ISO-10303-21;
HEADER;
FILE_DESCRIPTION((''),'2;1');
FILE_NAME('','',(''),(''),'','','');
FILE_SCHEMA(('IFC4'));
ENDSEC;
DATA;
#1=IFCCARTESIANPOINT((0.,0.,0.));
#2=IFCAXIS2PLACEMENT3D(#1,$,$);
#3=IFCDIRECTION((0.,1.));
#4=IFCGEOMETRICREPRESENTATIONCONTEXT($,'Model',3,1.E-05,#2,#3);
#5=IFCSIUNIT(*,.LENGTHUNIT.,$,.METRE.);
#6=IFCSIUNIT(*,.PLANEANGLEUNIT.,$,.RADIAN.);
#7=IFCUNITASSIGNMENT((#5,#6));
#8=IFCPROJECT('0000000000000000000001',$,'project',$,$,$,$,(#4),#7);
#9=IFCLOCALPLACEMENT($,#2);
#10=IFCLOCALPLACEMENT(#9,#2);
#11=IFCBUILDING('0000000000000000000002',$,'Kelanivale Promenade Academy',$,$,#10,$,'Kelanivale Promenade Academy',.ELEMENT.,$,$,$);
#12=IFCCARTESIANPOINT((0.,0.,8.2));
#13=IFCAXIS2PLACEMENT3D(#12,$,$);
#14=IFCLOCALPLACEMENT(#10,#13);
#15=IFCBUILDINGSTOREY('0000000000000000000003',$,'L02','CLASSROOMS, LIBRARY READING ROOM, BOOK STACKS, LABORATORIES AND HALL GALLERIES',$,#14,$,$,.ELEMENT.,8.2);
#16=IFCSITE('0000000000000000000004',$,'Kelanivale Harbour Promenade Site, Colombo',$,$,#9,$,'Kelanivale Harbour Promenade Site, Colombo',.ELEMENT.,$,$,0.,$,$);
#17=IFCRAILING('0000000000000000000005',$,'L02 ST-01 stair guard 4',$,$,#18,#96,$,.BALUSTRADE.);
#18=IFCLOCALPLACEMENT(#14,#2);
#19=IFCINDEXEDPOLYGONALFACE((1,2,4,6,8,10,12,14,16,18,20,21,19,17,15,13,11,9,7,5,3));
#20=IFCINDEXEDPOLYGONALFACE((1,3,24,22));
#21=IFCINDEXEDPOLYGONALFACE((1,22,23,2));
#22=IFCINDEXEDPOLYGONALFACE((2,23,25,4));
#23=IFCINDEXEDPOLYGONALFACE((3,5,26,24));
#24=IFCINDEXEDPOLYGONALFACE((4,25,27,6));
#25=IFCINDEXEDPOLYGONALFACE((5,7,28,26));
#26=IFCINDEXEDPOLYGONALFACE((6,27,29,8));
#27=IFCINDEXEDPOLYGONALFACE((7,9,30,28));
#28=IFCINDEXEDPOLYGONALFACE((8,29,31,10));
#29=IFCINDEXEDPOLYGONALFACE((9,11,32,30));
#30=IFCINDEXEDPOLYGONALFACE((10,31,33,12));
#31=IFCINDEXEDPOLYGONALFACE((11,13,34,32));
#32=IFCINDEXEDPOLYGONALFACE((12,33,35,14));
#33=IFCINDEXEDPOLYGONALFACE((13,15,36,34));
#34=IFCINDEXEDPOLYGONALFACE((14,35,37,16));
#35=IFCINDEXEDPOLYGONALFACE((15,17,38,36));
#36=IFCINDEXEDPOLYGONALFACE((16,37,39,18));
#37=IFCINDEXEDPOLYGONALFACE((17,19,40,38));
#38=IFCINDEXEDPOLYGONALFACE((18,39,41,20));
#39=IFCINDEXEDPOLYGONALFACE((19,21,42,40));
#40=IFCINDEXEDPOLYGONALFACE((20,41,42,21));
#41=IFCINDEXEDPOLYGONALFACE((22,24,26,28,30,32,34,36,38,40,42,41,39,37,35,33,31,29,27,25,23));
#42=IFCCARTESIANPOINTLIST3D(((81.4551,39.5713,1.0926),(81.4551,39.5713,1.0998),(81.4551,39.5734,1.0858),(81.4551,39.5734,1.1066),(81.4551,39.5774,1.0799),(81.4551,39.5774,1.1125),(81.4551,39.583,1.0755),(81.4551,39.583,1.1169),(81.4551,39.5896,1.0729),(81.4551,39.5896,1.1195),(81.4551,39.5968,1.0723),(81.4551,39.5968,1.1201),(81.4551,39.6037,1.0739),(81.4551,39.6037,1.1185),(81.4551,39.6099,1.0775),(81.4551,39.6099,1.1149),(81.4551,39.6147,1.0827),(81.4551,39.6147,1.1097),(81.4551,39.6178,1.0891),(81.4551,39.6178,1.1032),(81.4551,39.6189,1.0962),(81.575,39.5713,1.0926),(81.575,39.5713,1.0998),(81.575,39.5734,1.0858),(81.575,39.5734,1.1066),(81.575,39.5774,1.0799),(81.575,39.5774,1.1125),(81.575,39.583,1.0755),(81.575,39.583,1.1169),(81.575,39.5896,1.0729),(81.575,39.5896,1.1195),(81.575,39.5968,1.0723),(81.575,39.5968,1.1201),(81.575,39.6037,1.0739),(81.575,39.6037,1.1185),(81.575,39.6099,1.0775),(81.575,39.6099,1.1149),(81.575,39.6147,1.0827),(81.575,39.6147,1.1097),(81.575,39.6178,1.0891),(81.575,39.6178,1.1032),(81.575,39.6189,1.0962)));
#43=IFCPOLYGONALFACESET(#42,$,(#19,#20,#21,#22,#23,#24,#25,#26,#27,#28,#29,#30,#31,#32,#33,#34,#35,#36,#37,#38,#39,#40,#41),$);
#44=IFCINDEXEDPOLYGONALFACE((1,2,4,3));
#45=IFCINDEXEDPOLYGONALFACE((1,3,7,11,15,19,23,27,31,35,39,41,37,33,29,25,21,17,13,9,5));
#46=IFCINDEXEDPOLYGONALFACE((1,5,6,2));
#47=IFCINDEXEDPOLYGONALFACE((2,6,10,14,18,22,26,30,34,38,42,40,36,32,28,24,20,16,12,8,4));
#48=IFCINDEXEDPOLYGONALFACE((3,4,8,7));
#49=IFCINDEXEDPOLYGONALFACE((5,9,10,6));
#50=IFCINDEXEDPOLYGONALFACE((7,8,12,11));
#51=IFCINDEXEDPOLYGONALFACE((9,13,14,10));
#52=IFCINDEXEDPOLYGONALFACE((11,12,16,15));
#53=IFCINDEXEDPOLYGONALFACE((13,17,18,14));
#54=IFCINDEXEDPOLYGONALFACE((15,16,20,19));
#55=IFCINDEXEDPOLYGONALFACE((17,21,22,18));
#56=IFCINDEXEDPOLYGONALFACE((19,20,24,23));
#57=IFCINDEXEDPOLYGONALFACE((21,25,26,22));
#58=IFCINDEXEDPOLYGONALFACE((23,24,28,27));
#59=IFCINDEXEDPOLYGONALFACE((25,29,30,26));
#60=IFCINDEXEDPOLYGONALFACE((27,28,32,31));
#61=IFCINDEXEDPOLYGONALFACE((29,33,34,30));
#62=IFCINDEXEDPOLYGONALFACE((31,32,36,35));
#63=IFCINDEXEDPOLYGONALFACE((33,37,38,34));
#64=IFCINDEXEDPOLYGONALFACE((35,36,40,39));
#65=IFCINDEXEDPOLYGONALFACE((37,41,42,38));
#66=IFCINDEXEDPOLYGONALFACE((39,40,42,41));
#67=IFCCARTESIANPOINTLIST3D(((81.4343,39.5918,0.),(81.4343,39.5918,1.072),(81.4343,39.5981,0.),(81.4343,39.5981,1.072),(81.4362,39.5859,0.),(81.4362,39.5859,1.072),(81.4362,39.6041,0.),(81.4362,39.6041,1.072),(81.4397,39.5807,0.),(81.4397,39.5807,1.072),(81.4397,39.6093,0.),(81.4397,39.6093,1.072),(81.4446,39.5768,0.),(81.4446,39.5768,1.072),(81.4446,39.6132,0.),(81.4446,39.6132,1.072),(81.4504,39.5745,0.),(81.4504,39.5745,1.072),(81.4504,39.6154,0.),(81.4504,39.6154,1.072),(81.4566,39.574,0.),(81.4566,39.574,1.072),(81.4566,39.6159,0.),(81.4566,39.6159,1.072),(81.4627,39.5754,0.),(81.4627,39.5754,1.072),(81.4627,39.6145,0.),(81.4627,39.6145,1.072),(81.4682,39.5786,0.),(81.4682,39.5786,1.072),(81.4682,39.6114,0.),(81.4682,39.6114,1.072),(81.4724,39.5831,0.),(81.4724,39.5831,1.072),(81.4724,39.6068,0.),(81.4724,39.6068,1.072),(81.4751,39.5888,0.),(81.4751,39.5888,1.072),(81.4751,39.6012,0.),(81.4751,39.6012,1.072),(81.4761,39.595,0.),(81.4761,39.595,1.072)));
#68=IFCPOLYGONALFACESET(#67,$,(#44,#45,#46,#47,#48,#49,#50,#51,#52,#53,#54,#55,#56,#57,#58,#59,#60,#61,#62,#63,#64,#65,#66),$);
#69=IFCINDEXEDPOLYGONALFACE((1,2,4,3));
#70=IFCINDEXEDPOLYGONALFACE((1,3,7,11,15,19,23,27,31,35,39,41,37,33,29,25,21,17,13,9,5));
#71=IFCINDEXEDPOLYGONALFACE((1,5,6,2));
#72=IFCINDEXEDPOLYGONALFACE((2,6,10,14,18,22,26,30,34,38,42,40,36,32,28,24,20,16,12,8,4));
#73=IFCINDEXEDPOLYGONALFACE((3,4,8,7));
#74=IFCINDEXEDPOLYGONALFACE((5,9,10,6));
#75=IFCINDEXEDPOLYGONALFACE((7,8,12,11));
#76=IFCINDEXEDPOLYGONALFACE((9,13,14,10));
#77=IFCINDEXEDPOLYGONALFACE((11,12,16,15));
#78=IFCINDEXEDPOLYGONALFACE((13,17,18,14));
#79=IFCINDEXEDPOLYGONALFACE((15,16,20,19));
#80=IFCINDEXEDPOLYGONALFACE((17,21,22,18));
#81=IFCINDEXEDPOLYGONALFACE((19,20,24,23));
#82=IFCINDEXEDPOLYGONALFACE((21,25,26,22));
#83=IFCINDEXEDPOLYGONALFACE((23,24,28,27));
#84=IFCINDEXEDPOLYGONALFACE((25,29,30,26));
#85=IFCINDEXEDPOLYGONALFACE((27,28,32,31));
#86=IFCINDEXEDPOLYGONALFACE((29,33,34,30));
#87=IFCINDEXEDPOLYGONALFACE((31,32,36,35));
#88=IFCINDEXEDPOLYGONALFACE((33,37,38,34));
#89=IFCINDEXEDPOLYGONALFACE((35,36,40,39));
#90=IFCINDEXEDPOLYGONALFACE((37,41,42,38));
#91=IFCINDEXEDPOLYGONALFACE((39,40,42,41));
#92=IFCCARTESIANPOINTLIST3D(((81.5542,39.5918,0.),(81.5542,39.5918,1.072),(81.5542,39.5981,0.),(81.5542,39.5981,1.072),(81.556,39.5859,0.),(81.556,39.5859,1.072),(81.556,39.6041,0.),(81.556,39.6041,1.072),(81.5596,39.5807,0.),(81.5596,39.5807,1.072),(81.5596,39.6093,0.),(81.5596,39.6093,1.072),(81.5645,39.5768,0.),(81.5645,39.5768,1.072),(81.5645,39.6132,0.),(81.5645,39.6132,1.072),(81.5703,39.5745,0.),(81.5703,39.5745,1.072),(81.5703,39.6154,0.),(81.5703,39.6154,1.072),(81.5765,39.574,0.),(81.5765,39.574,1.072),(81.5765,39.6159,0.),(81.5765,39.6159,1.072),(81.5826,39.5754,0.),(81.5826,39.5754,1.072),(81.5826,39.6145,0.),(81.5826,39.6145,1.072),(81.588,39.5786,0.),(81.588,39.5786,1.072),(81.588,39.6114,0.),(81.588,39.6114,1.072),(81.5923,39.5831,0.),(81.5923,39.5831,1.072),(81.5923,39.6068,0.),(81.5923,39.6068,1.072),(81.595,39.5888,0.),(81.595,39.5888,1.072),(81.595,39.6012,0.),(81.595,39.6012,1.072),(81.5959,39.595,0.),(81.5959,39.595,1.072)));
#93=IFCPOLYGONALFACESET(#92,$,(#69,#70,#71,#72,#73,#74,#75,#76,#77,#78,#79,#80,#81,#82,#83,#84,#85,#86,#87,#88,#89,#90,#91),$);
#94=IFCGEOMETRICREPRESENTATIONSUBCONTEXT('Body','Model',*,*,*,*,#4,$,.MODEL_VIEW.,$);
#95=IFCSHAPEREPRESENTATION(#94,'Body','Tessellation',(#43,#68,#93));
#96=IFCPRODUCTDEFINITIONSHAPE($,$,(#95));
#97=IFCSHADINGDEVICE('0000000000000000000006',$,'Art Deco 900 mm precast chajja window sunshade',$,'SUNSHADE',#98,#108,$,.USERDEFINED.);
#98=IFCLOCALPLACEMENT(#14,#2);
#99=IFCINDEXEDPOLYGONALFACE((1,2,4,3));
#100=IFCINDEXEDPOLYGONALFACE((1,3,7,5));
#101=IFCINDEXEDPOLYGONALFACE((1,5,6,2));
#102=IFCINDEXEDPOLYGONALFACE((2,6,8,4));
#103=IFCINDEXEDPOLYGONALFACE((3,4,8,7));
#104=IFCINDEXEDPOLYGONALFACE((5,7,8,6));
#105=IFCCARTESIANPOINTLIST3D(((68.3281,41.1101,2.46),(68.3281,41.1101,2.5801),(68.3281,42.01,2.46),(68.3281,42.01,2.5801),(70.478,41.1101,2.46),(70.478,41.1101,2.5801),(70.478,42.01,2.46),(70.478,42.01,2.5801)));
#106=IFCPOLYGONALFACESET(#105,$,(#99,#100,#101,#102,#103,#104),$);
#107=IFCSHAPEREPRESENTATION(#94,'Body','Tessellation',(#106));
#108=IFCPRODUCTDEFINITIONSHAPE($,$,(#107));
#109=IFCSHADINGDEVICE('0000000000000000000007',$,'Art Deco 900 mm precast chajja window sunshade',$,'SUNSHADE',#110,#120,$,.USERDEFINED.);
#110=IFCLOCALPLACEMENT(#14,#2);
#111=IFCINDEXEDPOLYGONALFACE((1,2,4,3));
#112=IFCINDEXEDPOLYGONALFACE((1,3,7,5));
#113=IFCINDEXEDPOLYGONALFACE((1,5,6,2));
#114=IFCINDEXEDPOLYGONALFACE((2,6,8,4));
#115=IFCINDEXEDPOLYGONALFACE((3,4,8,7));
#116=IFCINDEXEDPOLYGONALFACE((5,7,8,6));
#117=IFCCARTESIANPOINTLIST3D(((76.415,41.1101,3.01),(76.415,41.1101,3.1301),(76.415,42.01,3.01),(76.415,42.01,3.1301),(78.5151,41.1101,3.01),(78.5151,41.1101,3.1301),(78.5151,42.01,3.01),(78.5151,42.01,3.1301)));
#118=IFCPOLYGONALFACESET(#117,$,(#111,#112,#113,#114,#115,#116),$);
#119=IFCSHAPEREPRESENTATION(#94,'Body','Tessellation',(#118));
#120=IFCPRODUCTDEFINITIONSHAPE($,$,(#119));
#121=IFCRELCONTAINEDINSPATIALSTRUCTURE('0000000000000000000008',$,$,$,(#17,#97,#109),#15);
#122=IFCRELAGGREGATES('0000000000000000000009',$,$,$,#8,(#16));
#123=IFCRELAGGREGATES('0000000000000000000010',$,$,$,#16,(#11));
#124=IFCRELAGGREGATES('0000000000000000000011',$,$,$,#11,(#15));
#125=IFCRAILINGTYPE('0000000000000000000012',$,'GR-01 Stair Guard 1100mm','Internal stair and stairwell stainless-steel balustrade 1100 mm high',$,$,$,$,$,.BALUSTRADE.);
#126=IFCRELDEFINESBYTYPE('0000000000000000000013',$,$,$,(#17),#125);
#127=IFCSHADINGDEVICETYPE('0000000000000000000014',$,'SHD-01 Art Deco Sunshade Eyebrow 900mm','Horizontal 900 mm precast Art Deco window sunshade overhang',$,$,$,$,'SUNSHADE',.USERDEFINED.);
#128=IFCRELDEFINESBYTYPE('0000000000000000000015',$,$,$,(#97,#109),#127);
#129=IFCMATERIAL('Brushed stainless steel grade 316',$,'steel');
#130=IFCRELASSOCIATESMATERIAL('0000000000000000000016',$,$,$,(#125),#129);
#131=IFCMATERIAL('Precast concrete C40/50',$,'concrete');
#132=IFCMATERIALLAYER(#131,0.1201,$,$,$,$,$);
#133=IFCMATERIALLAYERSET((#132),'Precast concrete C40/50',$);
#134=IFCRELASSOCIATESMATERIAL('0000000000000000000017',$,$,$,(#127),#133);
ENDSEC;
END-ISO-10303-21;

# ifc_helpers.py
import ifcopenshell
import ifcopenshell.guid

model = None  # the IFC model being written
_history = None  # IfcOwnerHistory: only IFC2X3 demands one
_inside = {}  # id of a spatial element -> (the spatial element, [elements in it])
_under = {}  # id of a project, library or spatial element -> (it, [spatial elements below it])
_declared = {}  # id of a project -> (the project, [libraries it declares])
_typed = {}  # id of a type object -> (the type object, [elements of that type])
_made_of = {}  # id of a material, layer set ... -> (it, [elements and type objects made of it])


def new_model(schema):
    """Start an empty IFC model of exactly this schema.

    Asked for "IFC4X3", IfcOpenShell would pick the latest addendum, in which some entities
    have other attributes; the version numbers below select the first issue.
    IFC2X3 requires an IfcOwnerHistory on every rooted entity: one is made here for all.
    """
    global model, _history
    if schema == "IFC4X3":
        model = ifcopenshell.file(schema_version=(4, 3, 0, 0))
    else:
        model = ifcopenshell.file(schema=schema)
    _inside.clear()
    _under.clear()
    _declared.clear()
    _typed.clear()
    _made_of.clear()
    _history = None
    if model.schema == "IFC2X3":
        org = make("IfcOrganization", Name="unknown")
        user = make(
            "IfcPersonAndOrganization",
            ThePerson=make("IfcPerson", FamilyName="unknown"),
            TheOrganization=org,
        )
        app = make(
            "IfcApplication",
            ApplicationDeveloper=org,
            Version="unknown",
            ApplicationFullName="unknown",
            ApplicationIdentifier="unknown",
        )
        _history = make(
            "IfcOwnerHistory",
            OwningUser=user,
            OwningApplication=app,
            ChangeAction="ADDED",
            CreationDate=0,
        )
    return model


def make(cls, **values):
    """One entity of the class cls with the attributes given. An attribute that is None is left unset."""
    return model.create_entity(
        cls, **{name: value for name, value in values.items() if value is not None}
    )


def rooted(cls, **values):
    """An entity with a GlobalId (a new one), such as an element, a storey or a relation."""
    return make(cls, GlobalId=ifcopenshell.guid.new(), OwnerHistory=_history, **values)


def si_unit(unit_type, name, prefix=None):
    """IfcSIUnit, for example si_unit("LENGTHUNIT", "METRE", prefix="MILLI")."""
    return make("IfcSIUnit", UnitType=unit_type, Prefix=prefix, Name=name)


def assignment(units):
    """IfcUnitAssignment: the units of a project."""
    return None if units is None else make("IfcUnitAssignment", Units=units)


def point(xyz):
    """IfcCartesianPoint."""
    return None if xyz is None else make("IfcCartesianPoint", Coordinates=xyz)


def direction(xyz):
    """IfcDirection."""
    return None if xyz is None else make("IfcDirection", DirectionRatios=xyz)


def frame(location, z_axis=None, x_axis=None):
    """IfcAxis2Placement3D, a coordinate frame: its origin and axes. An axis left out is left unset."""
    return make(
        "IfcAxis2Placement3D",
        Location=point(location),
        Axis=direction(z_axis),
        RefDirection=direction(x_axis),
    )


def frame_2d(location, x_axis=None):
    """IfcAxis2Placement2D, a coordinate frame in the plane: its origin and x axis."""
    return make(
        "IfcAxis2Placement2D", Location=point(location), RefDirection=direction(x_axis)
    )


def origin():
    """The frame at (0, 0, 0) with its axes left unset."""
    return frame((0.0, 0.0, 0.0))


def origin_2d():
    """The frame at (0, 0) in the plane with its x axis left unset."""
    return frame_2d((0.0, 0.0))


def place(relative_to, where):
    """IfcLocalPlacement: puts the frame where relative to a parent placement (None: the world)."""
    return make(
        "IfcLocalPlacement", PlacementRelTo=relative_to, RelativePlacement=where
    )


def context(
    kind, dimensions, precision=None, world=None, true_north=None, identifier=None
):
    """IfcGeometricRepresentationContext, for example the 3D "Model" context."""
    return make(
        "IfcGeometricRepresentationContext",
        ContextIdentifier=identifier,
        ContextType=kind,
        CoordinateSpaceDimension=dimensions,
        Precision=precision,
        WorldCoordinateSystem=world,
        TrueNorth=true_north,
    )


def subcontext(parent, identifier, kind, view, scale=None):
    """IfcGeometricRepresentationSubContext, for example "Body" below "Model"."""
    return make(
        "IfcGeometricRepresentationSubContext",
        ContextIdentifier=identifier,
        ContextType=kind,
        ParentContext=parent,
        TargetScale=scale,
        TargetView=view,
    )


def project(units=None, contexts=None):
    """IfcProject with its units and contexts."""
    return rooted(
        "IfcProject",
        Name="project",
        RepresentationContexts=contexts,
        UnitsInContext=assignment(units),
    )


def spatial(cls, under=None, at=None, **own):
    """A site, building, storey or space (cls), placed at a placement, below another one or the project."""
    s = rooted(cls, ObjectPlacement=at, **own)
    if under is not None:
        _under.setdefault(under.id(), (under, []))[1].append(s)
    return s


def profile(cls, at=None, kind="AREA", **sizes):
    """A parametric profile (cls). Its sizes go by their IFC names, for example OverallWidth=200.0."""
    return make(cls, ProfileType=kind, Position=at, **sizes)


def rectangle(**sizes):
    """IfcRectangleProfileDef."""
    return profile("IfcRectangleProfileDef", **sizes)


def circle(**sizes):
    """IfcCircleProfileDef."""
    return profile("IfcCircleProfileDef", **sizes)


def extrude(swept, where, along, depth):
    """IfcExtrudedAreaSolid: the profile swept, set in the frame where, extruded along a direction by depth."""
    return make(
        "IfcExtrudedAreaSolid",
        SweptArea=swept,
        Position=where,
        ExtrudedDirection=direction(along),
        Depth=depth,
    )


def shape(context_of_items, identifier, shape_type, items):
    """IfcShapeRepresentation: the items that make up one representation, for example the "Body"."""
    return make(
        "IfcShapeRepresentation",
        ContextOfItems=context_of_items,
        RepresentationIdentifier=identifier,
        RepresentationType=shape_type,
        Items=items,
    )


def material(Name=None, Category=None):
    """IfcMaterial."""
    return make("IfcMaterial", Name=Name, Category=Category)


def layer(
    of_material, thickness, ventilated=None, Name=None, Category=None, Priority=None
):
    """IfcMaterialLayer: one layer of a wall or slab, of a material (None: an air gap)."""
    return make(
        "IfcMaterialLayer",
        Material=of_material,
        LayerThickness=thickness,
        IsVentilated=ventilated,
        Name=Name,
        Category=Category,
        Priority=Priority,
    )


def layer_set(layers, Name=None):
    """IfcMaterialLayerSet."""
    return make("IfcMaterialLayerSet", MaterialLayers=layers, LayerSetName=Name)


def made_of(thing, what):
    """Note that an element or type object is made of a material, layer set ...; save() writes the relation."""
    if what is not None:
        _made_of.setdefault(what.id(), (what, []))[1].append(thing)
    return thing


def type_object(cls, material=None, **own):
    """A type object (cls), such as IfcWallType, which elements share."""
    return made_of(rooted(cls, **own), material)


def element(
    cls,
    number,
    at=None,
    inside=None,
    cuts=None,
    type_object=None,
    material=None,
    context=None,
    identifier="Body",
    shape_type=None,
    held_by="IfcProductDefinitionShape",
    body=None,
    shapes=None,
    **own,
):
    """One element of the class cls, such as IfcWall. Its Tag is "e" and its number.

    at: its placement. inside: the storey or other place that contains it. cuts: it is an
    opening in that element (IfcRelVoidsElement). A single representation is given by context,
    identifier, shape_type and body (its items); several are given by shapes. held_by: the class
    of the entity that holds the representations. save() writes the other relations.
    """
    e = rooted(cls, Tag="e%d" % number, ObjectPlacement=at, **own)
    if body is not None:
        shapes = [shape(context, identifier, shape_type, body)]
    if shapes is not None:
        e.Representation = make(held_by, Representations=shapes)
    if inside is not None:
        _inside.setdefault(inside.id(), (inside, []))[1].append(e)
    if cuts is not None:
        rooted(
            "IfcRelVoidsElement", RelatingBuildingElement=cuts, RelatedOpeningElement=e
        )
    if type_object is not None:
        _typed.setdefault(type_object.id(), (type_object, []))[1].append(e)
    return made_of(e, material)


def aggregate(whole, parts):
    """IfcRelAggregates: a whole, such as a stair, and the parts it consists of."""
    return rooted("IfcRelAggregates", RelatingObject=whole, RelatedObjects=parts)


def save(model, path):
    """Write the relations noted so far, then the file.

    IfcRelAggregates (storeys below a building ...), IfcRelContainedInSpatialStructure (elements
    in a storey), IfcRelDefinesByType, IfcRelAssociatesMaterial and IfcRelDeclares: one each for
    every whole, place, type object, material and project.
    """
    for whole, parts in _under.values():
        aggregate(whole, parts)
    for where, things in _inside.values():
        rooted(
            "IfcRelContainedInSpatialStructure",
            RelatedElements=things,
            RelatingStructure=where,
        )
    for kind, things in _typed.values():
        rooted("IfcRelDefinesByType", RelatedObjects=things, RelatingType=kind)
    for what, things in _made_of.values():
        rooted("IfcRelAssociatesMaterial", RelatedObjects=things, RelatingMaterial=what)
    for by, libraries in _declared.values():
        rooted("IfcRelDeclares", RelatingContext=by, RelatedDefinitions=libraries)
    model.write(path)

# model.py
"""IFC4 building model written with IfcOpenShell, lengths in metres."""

from ifc_helpers import new_model, si_unit, direction, frame, origin, origin_2d, place, context, subcontext, project, spatial, rectangle, circle, extrude, material, layer, layer_set, type_object, element, save


model = new_model("IFC4")

# Units and contexts
model_context = context("Model", 3, precision=1e-05, world=origin(), true_north=direction((0.0, 1.0)))
body_context = subcontext(model_context, "Body", "Model", "MODEL_VIEW")
ifc_project = project(units=[si_unit("LENGTHUNIT", "METRE"), si_unit("PLANEANGLEUNIT", "RADIAN")], contexts=[model_context])

# Site, building, storey
site_placement = place(None, origin())
site = spatial("IfcSite", under=ifc_project, at=site_placement, Name="Kelanivale Harbour Promenade Site, Colombo", LongName="Kelanivale Harbour Promenade Site, Colombo", CompositionType="ELEMENT", RefElevation=0.0)
building_placement = place(site_placement, origin())
building = spatial("IfcBuilding", under=site, at=building_placement, Name="Kelanivale Promenade Academy", LongName="Kelanivale Promenade Academy", CompositionType="ELEMENT")
storey_placement = place(building_placement, frame((0.0, 0.0, 8.2)))
storey = spatial("IfcBuildingStorey", under=building, at=storey_placement, Name="L02", Description="CLASSROOMS, LIBRARY READING ROOM, BOOK STACKS, LABORATORIES AND HALL GALLERIES", CompositionType="ELEMENT", Elevation=8.2)

# Railing
ifc_material_1 = material(Name="Brushed stainless steel grade 316", Category="steel")
railing_type = type_object("IfcRailingType", Name="GR-01 Stair Guard 1100mm", Description="Internal stair and stairwell stainless-steel balustrade 1100 mm high", PredefinedType="BALUSTRADE", material=ifc_material_1)
railing_1_placement = place(storey_placement, frame((81.4551, 39.595, 0.0)))
element("IfcRailing", 1, at=railing_1_placement, inside=storey, type_object=railing_type, Name="L02 ST-01 stair guard 4", PredefinedType="BALUSTRADE", context=body_context, shape_type="SweptSolid", body=[
    extrude(circle(Radius=0.0239, at=origin_2d()), frame((0.0, 0.0, 1.0962), z_axis=(1.0, 0.0, 0.0), x_axis=(0.0, 1.0, 0.0)), (0.0, 0.0, 1.0), 0.1199),
    extrude(circle(Radius=0.021, at=origin_2d()), origin(), (0.0, 0.0, 1.0), 1.072),
    extrude(circle(Radius=0.021, at=origin_2d()), frame((0.1199, 0.0, 0.0)), (0.0, 0.0, 1.0), 1.072),
])

# Shading devices
ifc_material_2 = material(Name="Precast concrete C40/50", Category="concrete")
ifc_layer_1 = layer(ifc_material_2, 0.1201)
ifc_layer_set_1 = layer_set([ifc_layer_1], Name="Precast concrete C40/50")
shading_device_type = type_object("IfcShadingDeviceType", Name="SHD-01 Art Deco Sunshade Eyebrow 900mm", Description="Horizontal 900 mm precast Art Deco window sunshade overhang", ElementType="SUNSHADE", PredefinedType="USERDEFINED", material=ifc_layer_set_1)
shading_device_1_placement = place(storey_placement, frame((69.4031, 41.5601, 2.46), z_axis=(0.0, 0.0, 1.0), x_axis=(1.0, 0.0, 0.0)))
element("IfcShadingDevice", 2, at=shading_device_1_placement, inside=storey, type_object=shading_device_type, Name="Art Deco 900 mm precast chajja window sunshade", ObjectType="SUNSHADE", PredefinedType="USERDEFINED", context=body_context, shape_type="SweptSolid", body=[
    extrude(rectangle(XDim=2.1499, YDim=0.8999, at=origin_2d()), origin(), (0.0, 0.0, 1.0), 0.1201),
])
shading_device_2_placement = place(storey_placement, frame((77.4651, 41.5601, 3.01), z_axis=(0.0, 0.0, 1.0), x_axis=(1.0, 0.0, 0.0)))
element("IfcShadingDevice", 3, at=shading_device_2_placement, inside=storey, type_object=shading_device_type, Name="Art Deco 900 mm precast chajja window sunshade", ObjectType="SUNSHADE", PredefinedType="USERDEFINED", context=body_context, shape_type="SweptSolid", body=[
    extrude(rectangle(XDim=2.1001, YDim=0.8999, at=origin_2d()), origin(), (0.0, 0.0, 1.0), 0.1201),
])

save(model, "model.ifc")
